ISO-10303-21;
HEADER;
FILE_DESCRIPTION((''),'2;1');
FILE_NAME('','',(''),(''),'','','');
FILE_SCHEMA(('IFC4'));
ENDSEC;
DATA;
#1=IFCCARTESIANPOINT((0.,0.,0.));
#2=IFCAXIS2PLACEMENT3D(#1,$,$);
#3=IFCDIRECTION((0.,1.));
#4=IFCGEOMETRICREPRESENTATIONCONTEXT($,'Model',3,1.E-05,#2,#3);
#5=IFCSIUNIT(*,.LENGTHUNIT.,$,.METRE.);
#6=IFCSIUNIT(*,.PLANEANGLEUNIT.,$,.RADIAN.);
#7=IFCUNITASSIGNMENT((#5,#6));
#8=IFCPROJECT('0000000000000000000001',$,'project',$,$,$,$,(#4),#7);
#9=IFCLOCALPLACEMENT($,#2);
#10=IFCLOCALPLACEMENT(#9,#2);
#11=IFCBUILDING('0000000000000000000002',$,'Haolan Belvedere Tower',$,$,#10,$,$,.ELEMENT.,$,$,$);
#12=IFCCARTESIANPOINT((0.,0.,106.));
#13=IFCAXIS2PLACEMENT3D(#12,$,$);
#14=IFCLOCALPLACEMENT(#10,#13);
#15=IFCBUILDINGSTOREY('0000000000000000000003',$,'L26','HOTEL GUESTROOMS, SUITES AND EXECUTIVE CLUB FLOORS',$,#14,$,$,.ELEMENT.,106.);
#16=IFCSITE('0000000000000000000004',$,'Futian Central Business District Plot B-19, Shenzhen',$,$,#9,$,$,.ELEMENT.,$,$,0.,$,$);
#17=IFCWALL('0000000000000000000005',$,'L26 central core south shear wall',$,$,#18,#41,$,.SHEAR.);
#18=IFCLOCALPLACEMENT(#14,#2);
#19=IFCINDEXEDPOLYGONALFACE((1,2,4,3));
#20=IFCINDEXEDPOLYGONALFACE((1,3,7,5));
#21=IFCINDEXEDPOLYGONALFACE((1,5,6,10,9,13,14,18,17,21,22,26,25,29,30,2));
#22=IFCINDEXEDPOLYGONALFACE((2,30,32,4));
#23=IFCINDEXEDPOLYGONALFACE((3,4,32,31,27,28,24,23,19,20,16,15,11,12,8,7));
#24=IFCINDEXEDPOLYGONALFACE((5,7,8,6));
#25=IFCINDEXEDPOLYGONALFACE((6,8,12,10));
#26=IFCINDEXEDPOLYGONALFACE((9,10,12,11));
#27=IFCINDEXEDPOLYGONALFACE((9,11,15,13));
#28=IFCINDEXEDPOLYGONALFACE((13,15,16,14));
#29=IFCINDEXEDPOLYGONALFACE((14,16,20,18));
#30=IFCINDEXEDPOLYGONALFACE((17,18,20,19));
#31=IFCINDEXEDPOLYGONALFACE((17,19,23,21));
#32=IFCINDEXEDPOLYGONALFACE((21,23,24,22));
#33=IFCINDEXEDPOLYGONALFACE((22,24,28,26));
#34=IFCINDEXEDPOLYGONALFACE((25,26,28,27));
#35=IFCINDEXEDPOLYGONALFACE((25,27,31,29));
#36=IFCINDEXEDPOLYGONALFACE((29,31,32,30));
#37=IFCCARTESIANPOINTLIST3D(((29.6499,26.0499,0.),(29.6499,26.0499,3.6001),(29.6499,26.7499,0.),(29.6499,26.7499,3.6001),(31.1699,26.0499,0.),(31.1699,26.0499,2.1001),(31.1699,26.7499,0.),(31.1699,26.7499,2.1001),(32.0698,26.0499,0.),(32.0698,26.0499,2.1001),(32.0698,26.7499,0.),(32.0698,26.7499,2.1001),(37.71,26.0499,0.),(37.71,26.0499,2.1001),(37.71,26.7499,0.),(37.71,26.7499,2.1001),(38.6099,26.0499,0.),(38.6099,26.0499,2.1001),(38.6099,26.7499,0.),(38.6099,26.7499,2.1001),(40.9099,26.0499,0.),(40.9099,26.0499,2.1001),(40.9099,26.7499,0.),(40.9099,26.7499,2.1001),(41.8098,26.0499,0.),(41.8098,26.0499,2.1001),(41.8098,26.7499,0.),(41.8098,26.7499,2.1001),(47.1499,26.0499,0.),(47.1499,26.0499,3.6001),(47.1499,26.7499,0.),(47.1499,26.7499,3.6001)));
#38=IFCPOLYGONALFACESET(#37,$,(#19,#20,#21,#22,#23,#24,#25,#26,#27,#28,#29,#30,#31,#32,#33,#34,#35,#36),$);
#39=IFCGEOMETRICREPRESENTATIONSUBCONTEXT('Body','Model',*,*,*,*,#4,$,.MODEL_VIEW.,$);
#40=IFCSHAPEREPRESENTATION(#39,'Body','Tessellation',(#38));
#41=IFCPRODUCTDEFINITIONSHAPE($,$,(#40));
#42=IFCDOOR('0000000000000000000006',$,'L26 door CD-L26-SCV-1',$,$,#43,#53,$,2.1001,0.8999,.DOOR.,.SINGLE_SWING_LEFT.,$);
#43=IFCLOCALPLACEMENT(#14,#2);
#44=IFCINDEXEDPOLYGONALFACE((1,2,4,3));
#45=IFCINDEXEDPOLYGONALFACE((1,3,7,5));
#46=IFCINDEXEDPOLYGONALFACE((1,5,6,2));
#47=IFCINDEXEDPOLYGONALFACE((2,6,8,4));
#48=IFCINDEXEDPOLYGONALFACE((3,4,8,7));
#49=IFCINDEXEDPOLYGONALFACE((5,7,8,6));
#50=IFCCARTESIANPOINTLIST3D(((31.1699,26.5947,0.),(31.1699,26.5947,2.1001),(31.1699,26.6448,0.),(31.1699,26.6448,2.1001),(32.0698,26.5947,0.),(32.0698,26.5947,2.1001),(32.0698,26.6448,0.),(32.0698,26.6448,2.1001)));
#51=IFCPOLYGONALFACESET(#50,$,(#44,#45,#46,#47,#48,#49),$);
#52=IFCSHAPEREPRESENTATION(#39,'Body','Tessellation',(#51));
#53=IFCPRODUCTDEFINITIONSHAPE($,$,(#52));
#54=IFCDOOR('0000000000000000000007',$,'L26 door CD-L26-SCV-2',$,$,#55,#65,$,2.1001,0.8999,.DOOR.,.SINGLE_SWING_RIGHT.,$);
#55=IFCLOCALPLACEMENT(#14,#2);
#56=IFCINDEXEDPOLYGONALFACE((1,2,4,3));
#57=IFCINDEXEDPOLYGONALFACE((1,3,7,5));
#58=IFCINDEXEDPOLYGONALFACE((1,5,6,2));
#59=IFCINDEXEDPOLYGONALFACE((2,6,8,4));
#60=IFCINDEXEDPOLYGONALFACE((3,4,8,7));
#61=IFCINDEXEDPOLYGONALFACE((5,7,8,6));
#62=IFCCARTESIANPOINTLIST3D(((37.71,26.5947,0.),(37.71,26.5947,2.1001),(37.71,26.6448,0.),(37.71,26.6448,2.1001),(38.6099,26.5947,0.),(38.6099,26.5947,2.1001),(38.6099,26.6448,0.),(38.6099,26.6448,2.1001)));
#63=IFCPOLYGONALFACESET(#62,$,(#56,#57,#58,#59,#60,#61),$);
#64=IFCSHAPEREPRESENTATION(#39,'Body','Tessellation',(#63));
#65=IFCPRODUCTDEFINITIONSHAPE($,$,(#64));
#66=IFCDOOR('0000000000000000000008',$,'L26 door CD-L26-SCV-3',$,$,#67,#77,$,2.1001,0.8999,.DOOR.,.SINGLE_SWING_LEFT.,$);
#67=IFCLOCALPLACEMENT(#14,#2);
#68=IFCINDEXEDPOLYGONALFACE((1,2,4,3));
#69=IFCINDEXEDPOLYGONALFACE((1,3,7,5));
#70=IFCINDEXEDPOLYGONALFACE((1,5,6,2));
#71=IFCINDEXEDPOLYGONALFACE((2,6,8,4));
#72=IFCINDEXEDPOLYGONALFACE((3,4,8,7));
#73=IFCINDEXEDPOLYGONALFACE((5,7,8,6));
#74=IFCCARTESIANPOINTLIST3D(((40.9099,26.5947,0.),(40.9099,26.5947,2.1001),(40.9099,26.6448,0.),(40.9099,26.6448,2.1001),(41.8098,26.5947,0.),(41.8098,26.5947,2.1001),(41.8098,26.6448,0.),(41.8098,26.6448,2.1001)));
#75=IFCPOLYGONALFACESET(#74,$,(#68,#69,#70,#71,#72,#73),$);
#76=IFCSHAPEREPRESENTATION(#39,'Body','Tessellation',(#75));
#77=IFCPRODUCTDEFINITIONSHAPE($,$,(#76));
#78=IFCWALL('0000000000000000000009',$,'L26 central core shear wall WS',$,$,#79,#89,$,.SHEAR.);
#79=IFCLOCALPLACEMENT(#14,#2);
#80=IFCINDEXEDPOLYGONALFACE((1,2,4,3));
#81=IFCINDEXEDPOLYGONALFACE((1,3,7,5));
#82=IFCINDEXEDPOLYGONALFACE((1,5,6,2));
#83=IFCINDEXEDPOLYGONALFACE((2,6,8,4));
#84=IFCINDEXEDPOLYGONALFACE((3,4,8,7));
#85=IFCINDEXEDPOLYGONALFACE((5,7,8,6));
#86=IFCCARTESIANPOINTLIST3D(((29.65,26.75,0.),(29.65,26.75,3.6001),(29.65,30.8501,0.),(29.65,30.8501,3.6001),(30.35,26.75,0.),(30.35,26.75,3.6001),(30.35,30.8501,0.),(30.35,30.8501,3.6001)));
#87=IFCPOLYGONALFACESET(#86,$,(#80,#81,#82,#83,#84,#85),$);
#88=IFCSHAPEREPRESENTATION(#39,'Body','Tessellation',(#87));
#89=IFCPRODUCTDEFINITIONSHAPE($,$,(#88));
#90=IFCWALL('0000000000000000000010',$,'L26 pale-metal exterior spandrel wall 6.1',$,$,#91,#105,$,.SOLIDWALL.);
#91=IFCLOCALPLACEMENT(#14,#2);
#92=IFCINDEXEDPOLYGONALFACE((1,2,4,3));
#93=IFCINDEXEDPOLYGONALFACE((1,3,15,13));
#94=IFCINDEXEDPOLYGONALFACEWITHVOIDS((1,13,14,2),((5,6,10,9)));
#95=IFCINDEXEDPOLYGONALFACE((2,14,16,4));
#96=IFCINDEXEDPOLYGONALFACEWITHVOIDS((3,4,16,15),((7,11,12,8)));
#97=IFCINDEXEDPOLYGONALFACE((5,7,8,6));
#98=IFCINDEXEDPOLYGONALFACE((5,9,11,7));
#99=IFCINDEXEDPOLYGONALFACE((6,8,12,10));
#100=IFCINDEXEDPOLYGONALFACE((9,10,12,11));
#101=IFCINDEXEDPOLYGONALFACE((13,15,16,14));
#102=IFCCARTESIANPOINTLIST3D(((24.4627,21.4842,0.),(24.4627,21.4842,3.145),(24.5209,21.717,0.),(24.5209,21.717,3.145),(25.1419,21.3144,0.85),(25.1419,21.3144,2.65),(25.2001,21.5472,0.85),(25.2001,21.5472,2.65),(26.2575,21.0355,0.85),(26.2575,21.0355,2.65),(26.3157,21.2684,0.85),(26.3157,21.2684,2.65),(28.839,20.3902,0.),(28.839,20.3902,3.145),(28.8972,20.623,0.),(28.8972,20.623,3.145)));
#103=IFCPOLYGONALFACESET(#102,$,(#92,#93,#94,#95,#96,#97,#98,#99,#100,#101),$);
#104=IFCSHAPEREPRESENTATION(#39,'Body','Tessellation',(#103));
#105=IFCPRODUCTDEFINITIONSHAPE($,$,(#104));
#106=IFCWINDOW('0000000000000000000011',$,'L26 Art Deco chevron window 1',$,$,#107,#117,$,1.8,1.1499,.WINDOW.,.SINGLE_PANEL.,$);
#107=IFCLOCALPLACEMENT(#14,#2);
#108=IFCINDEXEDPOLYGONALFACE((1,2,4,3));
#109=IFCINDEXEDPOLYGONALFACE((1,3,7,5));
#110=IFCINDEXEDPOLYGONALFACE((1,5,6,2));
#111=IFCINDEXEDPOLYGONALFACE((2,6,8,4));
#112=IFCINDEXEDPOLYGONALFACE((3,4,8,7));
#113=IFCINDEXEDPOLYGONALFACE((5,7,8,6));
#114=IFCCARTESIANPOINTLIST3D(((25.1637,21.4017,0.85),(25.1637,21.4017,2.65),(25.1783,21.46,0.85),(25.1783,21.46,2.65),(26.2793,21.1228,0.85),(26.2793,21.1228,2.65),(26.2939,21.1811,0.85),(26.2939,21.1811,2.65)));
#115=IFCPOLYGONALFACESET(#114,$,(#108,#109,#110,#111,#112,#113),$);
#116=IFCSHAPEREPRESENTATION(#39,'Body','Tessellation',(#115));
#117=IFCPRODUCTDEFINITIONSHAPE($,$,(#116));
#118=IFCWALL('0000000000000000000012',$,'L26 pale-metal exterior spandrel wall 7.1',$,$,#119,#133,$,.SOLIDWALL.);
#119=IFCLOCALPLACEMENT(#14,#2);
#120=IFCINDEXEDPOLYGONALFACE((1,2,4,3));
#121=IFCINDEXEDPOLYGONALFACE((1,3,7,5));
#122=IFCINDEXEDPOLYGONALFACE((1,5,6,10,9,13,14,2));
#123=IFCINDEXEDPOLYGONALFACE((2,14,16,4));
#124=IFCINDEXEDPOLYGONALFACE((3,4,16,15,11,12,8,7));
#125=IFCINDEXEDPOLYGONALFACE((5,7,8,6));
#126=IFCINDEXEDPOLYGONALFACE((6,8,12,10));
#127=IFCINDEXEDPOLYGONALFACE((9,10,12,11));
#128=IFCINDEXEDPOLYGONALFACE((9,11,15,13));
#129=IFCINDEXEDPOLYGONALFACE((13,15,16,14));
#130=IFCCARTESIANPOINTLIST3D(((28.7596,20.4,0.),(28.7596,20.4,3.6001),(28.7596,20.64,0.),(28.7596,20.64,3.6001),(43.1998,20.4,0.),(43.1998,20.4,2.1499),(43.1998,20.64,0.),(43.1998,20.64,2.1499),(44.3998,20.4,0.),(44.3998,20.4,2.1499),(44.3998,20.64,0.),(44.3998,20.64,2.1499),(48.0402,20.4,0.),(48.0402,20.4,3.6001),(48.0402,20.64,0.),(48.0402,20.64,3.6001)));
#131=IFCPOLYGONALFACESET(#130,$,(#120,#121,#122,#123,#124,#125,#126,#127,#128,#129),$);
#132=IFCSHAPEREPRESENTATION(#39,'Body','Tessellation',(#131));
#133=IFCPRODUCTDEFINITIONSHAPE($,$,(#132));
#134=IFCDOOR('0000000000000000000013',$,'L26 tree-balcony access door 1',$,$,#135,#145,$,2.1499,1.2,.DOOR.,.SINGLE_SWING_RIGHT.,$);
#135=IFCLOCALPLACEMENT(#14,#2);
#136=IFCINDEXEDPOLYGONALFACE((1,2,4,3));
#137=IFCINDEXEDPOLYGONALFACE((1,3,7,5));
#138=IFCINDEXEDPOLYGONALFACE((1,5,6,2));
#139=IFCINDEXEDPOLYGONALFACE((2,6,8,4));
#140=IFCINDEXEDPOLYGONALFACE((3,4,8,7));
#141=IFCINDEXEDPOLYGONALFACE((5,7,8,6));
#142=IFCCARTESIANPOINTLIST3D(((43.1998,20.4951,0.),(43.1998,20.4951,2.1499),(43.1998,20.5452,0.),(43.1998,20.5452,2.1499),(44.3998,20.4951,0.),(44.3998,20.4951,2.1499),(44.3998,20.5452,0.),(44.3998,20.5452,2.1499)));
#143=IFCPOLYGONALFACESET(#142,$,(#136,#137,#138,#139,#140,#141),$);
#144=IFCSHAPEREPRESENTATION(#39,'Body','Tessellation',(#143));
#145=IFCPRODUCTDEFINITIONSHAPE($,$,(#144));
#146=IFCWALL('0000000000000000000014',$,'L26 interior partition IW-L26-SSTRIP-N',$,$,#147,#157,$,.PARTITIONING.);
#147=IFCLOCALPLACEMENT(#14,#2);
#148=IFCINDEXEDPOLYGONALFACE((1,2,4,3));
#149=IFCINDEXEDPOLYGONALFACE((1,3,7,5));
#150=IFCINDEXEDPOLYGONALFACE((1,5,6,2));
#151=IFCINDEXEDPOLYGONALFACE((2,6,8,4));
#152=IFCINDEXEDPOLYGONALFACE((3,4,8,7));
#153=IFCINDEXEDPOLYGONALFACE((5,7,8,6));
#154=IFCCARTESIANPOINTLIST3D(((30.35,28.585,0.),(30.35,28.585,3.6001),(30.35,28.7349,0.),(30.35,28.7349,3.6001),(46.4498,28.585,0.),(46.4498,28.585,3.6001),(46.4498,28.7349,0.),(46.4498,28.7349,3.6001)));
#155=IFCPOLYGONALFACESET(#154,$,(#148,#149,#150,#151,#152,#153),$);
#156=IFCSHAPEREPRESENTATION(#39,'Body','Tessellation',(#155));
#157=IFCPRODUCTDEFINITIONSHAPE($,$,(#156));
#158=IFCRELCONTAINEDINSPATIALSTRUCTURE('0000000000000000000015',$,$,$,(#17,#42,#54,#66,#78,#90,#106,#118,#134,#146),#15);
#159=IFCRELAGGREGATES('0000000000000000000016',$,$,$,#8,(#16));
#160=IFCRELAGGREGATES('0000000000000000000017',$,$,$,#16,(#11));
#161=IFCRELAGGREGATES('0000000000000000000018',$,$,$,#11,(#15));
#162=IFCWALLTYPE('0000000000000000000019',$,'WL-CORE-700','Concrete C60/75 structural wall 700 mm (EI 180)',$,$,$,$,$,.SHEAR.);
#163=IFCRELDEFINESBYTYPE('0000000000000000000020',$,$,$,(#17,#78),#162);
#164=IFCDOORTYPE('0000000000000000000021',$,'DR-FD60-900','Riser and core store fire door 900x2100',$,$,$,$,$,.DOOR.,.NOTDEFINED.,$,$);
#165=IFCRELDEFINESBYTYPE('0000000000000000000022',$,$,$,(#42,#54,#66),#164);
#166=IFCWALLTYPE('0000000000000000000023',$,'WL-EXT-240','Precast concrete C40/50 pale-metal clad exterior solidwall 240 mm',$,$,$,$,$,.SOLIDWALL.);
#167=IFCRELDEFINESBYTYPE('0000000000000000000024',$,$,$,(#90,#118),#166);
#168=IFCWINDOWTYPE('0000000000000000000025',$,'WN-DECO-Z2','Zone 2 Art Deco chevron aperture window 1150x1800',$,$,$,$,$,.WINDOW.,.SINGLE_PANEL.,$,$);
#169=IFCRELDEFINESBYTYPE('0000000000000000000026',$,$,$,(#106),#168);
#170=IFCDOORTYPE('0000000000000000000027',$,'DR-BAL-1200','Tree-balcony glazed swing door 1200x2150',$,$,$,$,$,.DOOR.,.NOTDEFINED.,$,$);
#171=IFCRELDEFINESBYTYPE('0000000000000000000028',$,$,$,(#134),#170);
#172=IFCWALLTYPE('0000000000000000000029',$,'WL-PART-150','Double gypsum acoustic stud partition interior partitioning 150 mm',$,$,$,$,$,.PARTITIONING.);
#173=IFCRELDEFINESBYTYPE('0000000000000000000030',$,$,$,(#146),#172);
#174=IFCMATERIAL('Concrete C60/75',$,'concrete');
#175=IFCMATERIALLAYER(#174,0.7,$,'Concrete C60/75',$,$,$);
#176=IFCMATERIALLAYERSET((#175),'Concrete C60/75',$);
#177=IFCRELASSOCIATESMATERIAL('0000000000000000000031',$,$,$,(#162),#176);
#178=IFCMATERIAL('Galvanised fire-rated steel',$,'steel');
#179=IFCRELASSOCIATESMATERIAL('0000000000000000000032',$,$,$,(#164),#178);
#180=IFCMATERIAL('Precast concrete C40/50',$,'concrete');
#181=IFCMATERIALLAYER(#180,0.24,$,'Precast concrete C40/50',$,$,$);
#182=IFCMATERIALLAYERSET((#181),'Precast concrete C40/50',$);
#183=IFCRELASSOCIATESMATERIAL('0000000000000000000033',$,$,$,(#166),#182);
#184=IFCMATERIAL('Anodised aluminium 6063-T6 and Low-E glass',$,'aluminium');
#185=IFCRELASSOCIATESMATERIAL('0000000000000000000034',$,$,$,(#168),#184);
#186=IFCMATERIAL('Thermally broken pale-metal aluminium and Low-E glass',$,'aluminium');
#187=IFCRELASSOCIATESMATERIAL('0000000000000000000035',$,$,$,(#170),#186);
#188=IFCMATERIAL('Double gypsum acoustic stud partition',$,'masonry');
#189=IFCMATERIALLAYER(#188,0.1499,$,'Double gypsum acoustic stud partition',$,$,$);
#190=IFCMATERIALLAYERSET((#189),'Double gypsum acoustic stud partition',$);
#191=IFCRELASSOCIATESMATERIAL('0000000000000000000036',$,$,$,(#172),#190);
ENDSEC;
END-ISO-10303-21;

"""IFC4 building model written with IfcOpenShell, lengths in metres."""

from ifc_helpers import new_model, si_unit, direction, frame, frame_2d, origin, place, context, subcontext, project, spatial, rectangle, extrude, material, layer, layer_set, type_object, element, fill, save


model = new_model("IFC4")

# Units and contexts
model_context = context("Model", 3, precision=1e-05, world=origin(), true_north=direction((0.0, 1.0)))
body_context = subcontext(model_context, "Body", "Model", "MODEL_VIEW")
ifc_project = project(units=[si_unit("LENGTHUNIT", "METRE"), si_unit("PLANEANGLEUNIT", "RADIAN")], contexts=[model_context])

# Site, building, storey
site_placement = place(None, origin())
site = spatial("IfcSite", under=ifc_project, at=site_placement, Name="Futian Central Business District Plot B-19, Shenzhen", CompositionType="ELEMENT", RefElevation=0.0)
building_placement = place(site_placement, origin())
building = spatial("IfcBuilding", under=site, at=building_placement, Name="Haolan Belvedere Tower", CompositionType="ELEMENT")
storey_placement = place(building_placement, frame((0.0, 0.0, 106.0)))
storey = spatial("IfcBuildingStorey", under=building, at=storey_placement, Name="L26", Description="HOTEL GUESTROOMS, SUITES AND EXECUTIVE CLUB FLOORS", CompositionType="ELEMENT", Elevation=106.0)

# Wall, openings, doors
ifc_material_1 = material(Name="Concrete C60/75", Category="concrete")
ifc_layer_1 = layer(ifc_material_1, 0.7, Name="Concrete C60/75")
ifc_layer_set_1 = layer_set([ifc_layer_1], Name="Concrete C60/75")
wall_type_1 = type_object("IfcWallType", Name="WL-CORE-700", Description="Concrete C60/75 structural wall 700 mm (EI 180)", PredefinedType="SHEAR", material=ifc_layer_set_1)
wall_1_placement = place(storey_placement, frame((29.6499, 26.3999, 0.0), z_axis=(0.0, 0.0, 1.0), x_axis=(1.0, 0.0, 0.0)))
wall_1 = element("IfcWall", 1, at=wall_1_placement, inside=storey, type_object=wall_type_1, Name="L26 central core south shear wall", PredefinedType="SHEAR", context=body_context, shape_type="SweptSolid", body=[
    extrude(rectangle(XDim=17.5, YDim=0.7, at=frame_2d((8.75, 0.0))), origin(), (0.0, 0.0, 1.0), 3.6001),
])
opening_1_placement = place(wall_1_placement, frame((2.4199, 0.0, 0.0), z_axis=(0.0, 0.0, 1.0), x_axis=(-1.0, 0.0, 0.0)))
opening_1 = element("IfcOpeningElement", 2, at=opening_1_placement, cuts=wall_1, PredefinedType="OPENING", context=body_context, shape_type="SweptSolid", body=[
    extrude(rectangle(XDim=0.8999, YDim=2.1001, at=frame_2d((0.45, 1.05))), frame((0.0, 0.3599, 0.0), z_axis=(0.0, -1.0, 0.0), x_axis=(1.0, 0.0, 0.0)), (0.0, 0.0, 1.0), 0.72),
])
opening_2_placement = place(wall_1_placement, frame((8.96, 0.0, 0.0), z_axis=(0.0, 0.0, 1.0), x_axis=(-1.0, 0.0, 0.0)))
opening_2 = element("IfcOpeningElement", 3, at=opening_2_placement, cuts=wall_1, PredefinedType="OPENING", context=body_context, shape_type="SweptSolid", body=[
    extrude(rectangle(XDim=0.8999, YDim=2.1001, at=frame_2d((0.45, 1.05))), frame((0.0, 0.3599, 0.0), z_axis=(0.0, -1.0, 0.0), x_axis=(1.0, 0.0, 0.0)), (0.0, 0.0, 1.0), 0.72),
])
opening_3_placement = place(wall_1_placement, frame((12.1599, 0.0, 0.0), z_axis=(0.0, 0.0, 1.0), x_axis=(-1.0, 0.0, 0.0)))
opening_3 = element("IfcOpeningElement", 4, at=opening_3_placement, cuts=wall_1, PredefinedType="OPENING", context=body_context, shape_type="SweptSolid", body=[
    extrude(rectangle(XDim=0.8999, YDim=2.1001, at=frame_2d((0.45, 1.05))), frame((0.0, 0.3599, 0.0), z_axis=(0.0, -1.0, 0.0), x_axis=(1.0, 0.0, 0.0)), (0.0, 0.0, 1.0), 0.72),
])
ifc_material_2 = material(Name="Galvanised fire-rated steel", Category="steel")
door_type_1 = type_object("IfcDoorType", Name="DR-FD60-900", Description="Riser and core store fire door 900x2100", OperationType="NOTDEFINED", PredefinedType="DOOR", material=ifc_material_2)
door_1_placement = place(opening_1_placement, origin())
door_1 = element("IfcDoor", 5, at=door_1_placement, inside=storey, type_object=door_type_1, Name="L26 door CD-L26-SCV-1", OperationType="SINGLE_SWING_LEFT", OverallHeight=2.1001, OverallWidth=0.8999, PredefinedType="DOOR", context=body_context, shape_type="SweptSolid", body=[
    extrude(rectangle(XDim=0.8999, YDim=2.1001, at=frame_2d((0.45, 1.05))), frame((0.0, -0.1948, 0.0), z_axis=(0.0, -1.0, 0.0), x_axis=(1.0, 0.0, 0.0)), (0.0, 0.0, 1.0), 0.05),
])
fill(opening_1, door_1)
door_2_placement = place(opening_2_placement, origin())
door_2 = element("IfcDoor", 6, at=door_2_placement, inside=storey, type_object=door_type_1, Name="L26 door CD-L26-SCV-2", OperationType="SINGLE_SWING_RIGHT", OverallHeight=2.1001, OverallWidth=0.8999, PredefinedType="DOOR", context=body_context, shape_type="SweptSolid", body=[
    extrude(rectangle(XDim=0.8999, YDim=2.1001, at=frame_2d((0.45, 1.05))), frame((0.0, -0.1948, 0.0), z_axis=(0.0, -1.0, 0.0), x_axis=(1.0, 0.0, 0.0)), (0.0, 0.0, 1.0), 0.05),
])
fill(opening_2, door_2)
door_3_placement = place(opening_3_placement, origin())
door_3 = element("IfcDoor", 7, at=door_3_placement, inside=storey, type_object=door_type_1, Name="L26 door CD-L26-SCV-3", OperationType="SINGLE_SWING_LEFT", OverallHeight=2.1001, OverallWidth=0.8999, PredefinedType="DOOR", context=body_context, shape_type="SweptSolid", body=[
    extrude(rectangle(XDim=0.8999, YDim=2.1001, at=frame_2d((0.45, 1.05))), frame((0.0, -0.1948, 0.0), z_axis=(0.0, -1.0, 0.0), x_axis=(1.0, 0.0, 0.0)), (0.0, 0.0, 1.0), 0.05),
])
fill(opening_3, door_3)

# Wall
wall_2_placement = place(storey_placement, frame((30.0, 26.75, 0.0), z_axis=(0.0, 0.0, 1.0), x_axis=(0.0, 1.0, 0.0)))
element("IfcWall", 8, at=wall_2_placement, inside=storey, type_object=wall_type_1, Name="L26 central core shear wall WS", PredefinedType="SHEAR", context=body_context, shape_type="SweptSolid", body=[
    extrude(rectangle(XDim=4.1001, YDim=0.7, at=frame_2d((2.05, 0.0))), origin(), (0.0, 0.0, 1.0), 3.6001),
])

# Wall, opening, window
ifc_material_3 = material(Name="Precast concrete C40/50", Category="concrete")
ifc_layer_2 = layer(ifc_material_3, 0.24, Name="Precast concrete C40/50")
ifc_layer_set_2 = layer_set([ifc_layer_2], Name="Precast concrete C40/50")
wall_type_2 = type_object("IfcWallType", Name="WL-EXT-240", Description="Precast concrete C40/50 pale-metal clad exterior solidwall 240 mm", PredefinedType="SOLIDWALL", material=ifc_layer_set_2)
wall_3_placement = place(storey_placement, frame((24.4919, 21.6006, 0.0), z_axis=(0.0, 0.0, 1.0), x_axis=(0.970146, -0.242523, 0.0)))
wall_3 = element("IfcWall", 9, at=wall_3_placement, inside=storey, type_object=wall_type_2, Name="L26 pale-metal exterior spandrel wall 6.1", PredefinedType="SOLIDWALL", context=body_context, shape_type="SweptSolid", body=[
    extrude(rectangle(XDim=4.511, YDim=0.24, at=frame_2d((2.2554, 0.0))), origin(), (0.0, 0.0, 1.0), 3.145),
])
opening_4_placement = place(wall_3_placement, frame((0.7, 0.0, 0.8501)))
opening_4 = element("IfcOpeningElement", 10, at=opening_4_placement, cuts=wall_3, PredefinedType="OPENING", context=body_context, shape_type="SweptSolid", body=[
    extrude(rectangle(XDim=1.1499, YDim=1.8, at=frame_2d((0.575, 0.8999))), frame((0.0, 0.1299, 0.0), z_axis=(0.0, -1.0, 0.0), x_axis=(1.0, 0.0, 0.0)), (0.0, 0.0, 1.0), 0.26),
])
ifc_material_4 = material(Name="Anodised aluminium 6063-T6 and Low-E glass", Category="aluminium")
window_type = type_object("IfcWindowType", Name="WN-DECO-Z2", Description="Zone 2 Art Deco chevron aperture window 1150x1800", PartitioningType="SINGLE_PANEL", PredefinedType="WINDOW", material=ifc_material_4)
window_placement = place(opening_4_placement, origin())
window = element("IfcWindow", 11, at=window_placement, inside=storey, type_object=window_type, Name="L26 Art Deco chevron window 1", OverallHeight=1.8, OverallWidth=1.1499, PartitioningType="SINGLE_PANEL", PredefinedType="WINDOW", context=body_context, shape_type="SweptSolid", body=[
    extrude(rectangle(XDim=1.1499, YDim=1.8, at=frame_2d((0.575, 0.8999))), frame((0.0, 0.03, 0.0), z_axis=(0.0, -1.0, 0.0), x_axis=(1.0, 0.0, 0.0)), (0.0, 0.0, 1.0), 0.0601),
])
fill(opening_4, window)

# Wall, opening, door
wall_4_placement = place(storey_placement, frame((28.7598, 20.52, 0.0), z_axis=(0.0, 0.0, 1.0), x_axis=(1.0, 0.0, 0.0)))
wall_4 = element("IfcWall", 12, at=wall_4_placement, inside=storey, type_object=wall_type_2, Name="L26 pale-metal exterior spandrel wall 7.1", PredefinedType="SOLIDWALL", context=body_context, shape_type="SweptSolid", body=[
    extrude(rectangle(XDim=19.2805, YDim=0.24, at=frame_2d((9.6401, 0.0))), origin(), (0.0, 0.0, 1.0), 3.6001),
])
opening_5_placement = place(wall_4_placement, frame((15.6401, 0.0, 0.0), z_axis=(0.0, 0.0, 1.0), x_axis=(-1.0, 0.0, 0.0)))
opening_5 = element("IfcOpeningElement", 13, at=opening_5_placement, cuts=wall_4, PredefinedType="OPENING", context=body_context, shape_type="SweptSolid", body=[
    extrude(rectangle(XDim=1.2, YDim=2.1499, at=frame_2d((0.6001, 1.075))), frame((0.0, 0.1299, 0.0), z_axis=(0.0, -1.0, 0.0), x_axis=(1.0, 0.0, 0.0)), (0.0, 0.0, 1.0), 0.26),
])
ifc_material_5 = material(Name="Thermally broken pale-metal aluminium and Low-E glass", Category="aluminium")
door_type_2 = type_object("IfcDoorType", Name="DR-BAL-1200", Description="Tree-balcony glazed swing door 1200x2150", OperationType="NOTDEFINED", PredefinedType="DOOR", material=ifc_material_5)
door_4_placement = place(opening_5_placement, origin())
door_4 = element("IfcDoor", 14, at=door_4_placement, inside=storey, type_object=door_type_2, Name="L26 tree-balcony access door 1", OperationType="SINGLE_SWING_RIGHT", OverallHeight=2.1499, OverallWidth=1.2, PredefinedType="DOOR", context=body_context, shape_type="SweptSolid", body=[
    extrude(rectangle(XDim=1.2, YDim=2.1499, at=frame_2d((0.6001, 1.075))), frame((0.0, 0.0249, 0.0), z_axis=(0.0, -1.0, 0.0), x_axis=(1.0, 0.0, 0.0)), (0.0, 0.0, 1.0), 0.05),
])
fill(opening_5, door_4)

# Wall
ifc_material_6 = material(Name="Double gypsum acoustic stud partition", Category="masonry")
ifc_layer_3 = layer(ifc_material_6, 0.1499, Name="Double gypsum acoustic stud partition")
ifc_layer_set_3 = layer_set([ifc_layer_3], Name="Double gypsum acoustic stud partition")
wall_type_3 = type_object("IfcWallType", Name="WL-PART-150", Description="Double gypsum acoustic stud partition interior partitioning 150 mm", PredefinedType="PARTITIONING", material=ifc_layer_set_3)
wall_5_placement = place(storey_placement, frame((30.3501, 28.6599, 0.0), z_axis=(0.0, 0.0, 1.0), x_axis=(1.0, 0.0, 0.0)))
element("IfcWall", 15, at=wall_5_placement, inside=storey, type_object=wall_type_3, Name="L26 interior partition IW-L26-SSTRIP-N", PredefinedType="PARTITIONING", context=body_context, shape_type="SweptSolid", body=[
    extrude(rectangle(XDim=16.0999, YDim=0.1499, at=frame_2d((8.0498, 0.0))), origin(), (0.0, 0.0, 1.0), 3.6001),
])

save(model, "model.ifc")
